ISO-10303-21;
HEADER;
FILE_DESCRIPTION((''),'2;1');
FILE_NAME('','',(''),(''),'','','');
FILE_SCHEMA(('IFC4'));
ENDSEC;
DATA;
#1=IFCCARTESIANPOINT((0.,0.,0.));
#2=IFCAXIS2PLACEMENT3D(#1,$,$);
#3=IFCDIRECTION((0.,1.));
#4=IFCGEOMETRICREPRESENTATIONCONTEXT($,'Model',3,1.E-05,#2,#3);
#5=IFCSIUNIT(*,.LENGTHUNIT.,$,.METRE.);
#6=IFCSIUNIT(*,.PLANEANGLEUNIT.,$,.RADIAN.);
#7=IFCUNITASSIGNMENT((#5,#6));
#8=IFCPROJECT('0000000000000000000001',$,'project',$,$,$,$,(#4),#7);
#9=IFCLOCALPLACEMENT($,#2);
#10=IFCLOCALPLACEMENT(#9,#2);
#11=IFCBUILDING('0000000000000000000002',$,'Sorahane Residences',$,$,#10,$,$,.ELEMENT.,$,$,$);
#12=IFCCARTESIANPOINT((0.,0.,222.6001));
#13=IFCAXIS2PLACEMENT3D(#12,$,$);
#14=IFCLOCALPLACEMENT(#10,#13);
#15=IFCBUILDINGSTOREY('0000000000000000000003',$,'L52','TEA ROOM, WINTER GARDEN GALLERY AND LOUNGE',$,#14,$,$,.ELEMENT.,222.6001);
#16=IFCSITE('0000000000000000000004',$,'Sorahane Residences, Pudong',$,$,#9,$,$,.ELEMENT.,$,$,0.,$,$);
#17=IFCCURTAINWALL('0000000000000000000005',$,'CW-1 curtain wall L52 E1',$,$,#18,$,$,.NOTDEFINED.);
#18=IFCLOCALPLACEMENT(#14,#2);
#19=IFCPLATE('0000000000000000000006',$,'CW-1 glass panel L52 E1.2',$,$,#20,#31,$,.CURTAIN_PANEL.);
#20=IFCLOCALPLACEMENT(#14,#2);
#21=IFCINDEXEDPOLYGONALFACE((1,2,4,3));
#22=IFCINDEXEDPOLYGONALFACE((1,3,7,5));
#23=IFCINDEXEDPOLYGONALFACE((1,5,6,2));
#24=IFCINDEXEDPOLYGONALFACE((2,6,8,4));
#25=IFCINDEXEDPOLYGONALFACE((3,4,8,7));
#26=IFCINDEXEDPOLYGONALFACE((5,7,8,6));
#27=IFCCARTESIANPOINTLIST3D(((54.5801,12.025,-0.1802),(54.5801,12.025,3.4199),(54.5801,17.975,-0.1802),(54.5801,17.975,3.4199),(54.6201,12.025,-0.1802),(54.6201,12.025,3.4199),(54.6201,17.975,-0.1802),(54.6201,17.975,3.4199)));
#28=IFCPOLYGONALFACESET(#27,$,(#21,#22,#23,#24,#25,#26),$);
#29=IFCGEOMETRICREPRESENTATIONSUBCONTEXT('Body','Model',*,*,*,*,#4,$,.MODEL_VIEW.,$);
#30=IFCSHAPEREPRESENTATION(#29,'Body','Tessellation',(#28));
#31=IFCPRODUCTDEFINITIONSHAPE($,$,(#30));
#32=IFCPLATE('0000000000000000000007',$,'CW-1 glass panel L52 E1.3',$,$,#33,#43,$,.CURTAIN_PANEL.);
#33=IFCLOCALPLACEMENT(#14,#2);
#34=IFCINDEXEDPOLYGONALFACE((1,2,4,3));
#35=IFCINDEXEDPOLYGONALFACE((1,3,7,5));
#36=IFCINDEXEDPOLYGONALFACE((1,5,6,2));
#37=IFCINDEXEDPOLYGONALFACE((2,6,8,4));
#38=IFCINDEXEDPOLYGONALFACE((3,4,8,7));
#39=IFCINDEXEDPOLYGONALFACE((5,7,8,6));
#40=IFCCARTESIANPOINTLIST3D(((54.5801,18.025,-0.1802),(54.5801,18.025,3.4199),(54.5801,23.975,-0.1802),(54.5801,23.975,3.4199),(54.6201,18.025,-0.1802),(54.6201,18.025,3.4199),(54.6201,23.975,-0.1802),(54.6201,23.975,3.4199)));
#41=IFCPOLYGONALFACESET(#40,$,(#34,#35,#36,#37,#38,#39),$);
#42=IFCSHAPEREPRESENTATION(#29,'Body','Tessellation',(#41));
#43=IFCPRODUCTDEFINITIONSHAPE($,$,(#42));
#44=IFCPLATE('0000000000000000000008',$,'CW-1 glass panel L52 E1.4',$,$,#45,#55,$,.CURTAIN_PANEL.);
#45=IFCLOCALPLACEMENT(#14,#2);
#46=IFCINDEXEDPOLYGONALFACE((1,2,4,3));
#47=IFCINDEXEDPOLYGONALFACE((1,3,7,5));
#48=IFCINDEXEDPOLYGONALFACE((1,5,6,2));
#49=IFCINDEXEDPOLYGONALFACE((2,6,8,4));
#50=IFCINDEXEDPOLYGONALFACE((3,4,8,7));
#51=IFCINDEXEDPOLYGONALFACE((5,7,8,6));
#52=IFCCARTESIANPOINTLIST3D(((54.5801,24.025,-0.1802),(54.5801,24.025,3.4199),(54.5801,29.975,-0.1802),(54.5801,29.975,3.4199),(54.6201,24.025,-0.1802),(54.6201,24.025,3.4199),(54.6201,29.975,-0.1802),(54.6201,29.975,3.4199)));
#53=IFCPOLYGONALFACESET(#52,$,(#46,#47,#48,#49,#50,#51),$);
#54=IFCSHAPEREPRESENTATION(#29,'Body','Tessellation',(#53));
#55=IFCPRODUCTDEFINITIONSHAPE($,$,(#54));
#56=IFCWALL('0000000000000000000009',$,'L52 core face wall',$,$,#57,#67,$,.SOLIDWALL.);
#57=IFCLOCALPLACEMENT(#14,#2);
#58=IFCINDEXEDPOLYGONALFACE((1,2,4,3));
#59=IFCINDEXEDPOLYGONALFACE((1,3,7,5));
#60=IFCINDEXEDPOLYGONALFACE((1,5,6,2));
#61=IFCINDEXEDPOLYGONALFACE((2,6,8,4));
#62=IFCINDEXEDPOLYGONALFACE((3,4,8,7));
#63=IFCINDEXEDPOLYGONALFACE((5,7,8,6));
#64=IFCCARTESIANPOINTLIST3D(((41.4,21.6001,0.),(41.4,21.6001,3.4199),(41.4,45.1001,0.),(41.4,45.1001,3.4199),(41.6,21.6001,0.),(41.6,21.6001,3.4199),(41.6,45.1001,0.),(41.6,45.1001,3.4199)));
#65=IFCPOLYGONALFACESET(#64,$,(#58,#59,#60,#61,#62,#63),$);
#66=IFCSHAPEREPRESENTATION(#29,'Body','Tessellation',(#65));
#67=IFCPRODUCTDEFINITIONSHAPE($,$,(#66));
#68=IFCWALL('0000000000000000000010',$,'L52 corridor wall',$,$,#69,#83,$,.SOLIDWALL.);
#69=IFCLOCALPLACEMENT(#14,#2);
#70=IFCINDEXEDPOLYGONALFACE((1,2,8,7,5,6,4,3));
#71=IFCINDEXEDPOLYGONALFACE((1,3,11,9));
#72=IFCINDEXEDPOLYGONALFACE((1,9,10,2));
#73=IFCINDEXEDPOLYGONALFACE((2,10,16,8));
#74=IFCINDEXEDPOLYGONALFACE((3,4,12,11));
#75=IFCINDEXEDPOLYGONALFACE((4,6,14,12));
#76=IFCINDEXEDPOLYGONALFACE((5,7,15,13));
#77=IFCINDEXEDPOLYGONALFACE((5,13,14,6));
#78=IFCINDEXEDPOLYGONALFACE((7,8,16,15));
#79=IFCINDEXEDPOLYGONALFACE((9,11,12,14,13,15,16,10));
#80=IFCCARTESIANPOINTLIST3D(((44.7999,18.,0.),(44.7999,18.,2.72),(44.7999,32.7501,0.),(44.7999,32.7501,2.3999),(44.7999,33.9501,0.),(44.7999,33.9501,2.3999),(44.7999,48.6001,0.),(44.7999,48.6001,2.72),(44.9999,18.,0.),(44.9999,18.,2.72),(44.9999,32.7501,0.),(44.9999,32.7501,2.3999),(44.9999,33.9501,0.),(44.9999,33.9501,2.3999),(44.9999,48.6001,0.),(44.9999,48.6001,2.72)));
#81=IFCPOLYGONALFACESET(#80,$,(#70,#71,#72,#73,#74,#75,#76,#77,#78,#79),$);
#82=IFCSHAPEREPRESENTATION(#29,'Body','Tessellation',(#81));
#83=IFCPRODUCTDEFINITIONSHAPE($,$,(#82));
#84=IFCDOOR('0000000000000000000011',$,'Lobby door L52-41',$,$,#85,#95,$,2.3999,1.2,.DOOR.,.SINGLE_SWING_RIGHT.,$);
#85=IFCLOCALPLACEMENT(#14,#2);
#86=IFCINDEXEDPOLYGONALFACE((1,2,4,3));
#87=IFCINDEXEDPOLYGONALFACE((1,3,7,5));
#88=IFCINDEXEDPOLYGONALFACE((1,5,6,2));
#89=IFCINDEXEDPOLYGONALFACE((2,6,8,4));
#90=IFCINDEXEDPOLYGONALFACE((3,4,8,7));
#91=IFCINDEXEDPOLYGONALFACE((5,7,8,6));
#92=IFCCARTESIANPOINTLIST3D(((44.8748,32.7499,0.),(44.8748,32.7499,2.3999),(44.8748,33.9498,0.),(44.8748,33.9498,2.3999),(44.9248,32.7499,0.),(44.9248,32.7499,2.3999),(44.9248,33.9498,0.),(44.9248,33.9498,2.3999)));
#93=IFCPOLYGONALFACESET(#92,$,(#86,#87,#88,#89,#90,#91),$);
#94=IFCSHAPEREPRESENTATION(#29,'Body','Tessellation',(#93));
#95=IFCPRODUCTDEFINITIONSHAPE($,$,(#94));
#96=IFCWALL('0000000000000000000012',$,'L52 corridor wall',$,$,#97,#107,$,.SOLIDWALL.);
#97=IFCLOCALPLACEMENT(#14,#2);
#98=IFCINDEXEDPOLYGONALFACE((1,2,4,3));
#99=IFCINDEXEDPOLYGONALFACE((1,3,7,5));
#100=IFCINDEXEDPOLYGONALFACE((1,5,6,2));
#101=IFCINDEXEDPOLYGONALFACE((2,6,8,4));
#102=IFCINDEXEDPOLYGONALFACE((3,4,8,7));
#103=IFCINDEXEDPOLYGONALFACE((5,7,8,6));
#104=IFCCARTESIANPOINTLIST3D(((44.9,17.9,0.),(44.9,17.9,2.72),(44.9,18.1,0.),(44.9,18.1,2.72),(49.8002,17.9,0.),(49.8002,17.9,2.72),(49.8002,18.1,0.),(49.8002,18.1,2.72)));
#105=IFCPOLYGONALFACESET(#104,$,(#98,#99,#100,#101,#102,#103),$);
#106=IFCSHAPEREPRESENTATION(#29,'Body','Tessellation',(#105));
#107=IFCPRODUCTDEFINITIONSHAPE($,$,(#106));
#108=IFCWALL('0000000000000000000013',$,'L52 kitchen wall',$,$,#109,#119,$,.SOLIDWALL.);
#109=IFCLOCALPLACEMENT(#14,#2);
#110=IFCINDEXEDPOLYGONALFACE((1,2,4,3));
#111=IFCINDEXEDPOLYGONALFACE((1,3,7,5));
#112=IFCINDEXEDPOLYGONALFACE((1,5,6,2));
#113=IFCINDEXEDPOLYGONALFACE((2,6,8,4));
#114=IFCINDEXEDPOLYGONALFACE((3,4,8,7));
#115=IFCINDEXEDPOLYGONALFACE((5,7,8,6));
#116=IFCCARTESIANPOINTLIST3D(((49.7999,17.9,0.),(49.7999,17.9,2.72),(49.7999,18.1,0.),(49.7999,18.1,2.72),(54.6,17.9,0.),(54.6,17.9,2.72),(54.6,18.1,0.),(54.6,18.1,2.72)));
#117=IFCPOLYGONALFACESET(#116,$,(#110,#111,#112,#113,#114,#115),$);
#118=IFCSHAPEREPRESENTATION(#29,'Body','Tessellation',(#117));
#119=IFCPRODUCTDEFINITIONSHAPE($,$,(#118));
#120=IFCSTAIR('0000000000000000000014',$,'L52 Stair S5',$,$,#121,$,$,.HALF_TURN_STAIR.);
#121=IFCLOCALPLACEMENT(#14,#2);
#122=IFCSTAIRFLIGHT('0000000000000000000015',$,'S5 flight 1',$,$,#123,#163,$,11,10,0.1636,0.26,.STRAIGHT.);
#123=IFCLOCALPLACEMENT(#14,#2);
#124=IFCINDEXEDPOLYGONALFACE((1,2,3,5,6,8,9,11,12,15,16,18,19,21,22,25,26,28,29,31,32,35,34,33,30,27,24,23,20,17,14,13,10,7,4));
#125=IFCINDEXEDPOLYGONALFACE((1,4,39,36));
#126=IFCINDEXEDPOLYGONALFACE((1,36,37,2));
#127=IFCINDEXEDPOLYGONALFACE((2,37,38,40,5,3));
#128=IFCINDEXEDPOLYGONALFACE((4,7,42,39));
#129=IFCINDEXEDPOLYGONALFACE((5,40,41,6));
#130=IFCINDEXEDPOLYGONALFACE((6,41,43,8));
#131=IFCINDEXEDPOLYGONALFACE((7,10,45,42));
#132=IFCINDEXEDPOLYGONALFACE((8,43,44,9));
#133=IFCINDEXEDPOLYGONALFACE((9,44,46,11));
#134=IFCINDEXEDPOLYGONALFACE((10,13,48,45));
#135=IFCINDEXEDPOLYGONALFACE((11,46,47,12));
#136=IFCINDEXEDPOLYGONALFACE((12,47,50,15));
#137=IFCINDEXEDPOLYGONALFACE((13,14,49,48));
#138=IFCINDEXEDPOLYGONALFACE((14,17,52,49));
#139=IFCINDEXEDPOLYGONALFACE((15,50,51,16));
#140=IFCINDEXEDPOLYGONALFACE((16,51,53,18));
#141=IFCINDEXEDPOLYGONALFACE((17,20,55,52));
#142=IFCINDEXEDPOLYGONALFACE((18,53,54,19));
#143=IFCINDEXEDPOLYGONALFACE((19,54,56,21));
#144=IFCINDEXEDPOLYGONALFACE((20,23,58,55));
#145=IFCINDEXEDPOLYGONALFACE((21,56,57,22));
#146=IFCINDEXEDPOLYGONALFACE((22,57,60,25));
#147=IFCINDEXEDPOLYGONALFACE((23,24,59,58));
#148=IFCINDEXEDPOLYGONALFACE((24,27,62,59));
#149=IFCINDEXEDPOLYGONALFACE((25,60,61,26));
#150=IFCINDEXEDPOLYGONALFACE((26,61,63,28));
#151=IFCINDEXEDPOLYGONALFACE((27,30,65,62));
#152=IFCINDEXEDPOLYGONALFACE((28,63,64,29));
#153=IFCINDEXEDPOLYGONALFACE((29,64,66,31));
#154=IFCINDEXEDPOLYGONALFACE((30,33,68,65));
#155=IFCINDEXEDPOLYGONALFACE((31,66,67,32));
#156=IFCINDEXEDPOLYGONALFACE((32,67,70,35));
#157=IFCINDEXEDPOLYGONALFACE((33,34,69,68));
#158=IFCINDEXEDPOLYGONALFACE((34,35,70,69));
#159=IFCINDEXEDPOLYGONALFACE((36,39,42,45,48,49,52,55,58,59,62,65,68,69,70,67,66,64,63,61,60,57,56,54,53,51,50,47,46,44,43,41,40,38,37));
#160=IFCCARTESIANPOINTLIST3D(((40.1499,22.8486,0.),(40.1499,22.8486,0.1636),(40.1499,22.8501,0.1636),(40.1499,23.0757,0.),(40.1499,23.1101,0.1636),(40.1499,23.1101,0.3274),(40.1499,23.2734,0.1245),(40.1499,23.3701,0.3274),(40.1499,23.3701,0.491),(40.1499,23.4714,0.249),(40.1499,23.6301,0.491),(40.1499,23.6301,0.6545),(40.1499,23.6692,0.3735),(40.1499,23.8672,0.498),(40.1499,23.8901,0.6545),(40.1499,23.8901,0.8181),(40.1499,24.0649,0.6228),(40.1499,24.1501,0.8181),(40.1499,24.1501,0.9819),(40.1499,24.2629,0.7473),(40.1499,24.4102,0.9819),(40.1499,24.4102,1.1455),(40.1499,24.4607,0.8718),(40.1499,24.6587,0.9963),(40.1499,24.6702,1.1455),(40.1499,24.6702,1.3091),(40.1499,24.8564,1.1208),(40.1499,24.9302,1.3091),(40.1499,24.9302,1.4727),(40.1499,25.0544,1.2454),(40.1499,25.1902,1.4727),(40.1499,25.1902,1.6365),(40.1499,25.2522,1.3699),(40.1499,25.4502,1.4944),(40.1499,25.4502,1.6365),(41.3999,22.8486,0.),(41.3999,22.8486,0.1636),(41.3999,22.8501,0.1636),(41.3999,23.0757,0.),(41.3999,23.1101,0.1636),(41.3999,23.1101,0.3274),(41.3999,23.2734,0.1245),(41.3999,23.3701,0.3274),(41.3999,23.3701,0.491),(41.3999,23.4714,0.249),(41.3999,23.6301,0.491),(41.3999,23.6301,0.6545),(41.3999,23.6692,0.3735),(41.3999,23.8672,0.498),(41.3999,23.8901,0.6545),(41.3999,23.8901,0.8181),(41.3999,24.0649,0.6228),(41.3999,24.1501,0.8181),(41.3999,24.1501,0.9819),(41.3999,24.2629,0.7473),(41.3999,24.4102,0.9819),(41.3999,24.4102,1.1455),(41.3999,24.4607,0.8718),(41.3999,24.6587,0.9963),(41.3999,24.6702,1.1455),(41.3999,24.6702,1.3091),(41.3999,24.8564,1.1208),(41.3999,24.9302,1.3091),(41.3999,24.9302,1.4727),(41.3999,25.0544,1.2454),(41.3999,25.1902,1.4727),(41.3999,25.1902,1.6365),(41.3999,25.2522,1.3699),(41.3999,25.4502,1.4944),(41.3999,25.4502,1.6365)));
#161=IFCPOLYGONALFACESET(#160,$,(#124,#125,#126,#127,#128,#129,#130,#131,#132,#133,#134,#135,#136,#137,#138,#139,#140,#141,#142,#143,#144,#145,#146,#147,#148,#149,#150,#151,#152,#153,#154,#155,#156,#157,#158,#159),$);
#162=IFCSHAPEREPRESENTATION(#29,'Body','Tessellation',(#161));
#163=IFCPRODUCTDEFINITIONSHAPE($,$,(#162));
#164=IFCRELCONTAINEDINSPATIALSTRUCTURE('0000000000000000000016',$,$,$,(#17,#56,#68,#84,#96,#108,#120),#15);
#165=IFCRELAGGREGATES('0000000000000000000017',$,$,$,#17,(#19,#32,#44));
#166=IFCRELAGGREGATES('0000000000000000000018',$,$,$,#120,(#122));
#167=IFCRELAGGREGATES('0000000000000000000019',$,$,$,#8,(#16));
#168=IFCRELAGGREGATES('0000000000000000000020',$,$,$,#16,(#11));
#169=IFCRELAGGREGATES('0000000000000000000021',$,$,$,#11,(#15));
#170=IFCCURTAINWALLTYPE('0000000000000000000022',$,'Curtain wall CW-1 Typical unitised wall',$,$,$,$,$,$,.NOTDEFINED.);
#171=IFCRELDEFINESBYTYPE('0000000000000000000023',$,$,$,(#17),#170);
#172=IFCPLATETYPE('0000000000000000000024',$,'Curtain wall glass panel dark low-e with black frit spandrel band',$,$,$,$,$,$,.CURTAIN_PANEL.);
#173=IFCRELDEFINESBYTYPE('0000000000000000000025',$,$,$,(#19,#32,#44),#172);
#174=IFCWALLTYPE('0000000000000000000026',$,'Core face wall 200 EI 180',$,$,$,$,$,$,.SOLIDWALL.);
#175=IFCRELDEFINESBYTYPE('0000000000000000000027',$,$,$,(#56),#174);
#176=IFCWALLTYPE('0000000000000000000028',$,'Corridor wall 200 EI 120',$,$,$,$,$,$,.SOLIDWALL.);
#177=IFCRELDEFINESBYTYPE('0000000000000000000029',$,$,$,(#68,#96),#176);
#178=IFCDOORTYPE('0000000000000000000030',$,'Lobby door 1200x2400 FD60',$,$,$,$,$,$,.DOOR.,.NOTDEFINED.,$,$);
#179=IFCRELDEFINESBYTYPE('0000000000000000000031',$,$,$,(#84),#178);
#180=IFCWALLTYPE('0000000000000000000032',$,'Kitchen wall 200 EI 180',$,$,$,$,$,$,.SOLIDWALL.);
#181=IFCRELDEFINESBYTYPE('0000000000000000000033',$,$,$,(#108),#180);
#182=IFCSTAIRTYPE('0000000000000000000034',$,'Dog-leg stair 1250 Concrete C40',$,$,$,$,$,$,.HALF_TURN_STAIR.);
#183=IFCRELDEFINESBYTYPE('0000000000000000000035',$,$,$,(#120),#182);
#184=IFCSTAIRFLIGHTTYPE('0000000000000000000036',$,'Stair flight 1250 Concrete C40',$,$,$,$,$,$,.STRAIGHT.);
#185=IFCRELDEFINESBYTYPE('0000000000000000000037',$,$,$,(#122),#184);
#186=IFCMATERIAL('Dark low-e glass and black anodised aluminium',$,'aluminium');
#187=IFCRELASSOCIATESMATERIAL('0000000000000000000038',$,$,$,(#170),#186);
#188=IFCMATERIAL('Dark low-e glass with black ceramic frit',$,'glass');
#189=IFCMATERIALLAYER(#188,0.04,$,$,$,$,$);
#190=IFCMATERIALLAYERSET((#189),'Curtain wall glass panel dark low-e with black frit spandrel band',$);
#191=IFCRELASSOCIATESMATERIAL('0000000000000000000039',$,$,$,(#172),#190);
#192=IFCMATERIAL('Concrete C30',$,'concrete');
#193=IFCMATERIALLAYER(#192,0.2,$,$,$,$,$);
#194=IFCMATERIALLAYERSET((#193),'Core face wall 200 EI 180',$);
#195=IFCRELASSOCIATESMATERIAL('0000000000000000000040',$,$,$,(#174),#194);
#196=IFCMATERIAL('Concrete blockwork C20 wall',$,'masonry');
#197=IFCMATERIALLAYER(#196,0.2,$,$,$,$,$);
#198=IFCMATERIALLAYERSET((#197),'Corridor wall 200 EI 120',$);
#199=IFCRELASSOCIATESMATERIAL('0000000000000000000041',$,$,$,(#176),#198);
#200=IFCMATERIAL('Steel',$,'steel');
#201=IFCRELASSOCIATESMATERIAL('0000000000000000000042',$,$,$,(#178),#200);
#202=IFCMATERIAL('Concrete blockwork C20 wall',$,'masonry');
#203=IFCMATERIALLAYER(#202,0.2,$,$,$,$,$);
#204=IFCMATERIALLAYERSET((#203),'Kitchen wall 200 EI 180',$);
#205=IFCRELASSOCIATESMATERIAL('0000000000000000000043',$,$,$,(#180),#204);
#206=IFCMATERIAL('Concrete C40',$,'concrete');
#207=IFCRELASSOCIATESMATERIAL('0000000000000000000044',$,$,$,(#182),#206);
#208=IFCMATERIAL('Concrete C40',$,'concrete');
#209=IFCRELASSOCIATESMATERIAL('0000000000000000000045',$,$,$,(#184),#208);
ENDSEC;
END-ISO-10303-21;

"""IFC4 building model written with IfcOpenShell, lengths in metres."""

from ifc_helpers import new_model, si_unit, direction, frame, frame_2d, origin, origin_2d, place, context, subcontext, project, spatial, polyline, rectangle, outline, extrude, material, layer, layer_set, type_object, element, fill, aggregate, save


model = new_model("IFC4")

# Units and contexts
model_context = context("Model", 3, precision=1e-05, world=origin(), true_north=direction((0.0, 1.0)))
body_context = subcontext(model_context, "Body", "Model", "MODEL_VIEW")
ifc_project = project(units=[si_unit("LENGTHUNIT", "METRE"), si_unit("PLANEANGLEUNIT", "RADIAN")], contexts=[model_context])

# Site, building, storey
site_placement = place(None, origin())
site = spatial("IfcSite", under=ifc_project, at=site_placement, Name="Sorahane Residences, Pudong", CompositionType="ELEMENT", RefElevation=0.0)
building_placement = place(site_placement, origin())
building = spatial("IfcBuilding", under=site, at=building_placement, Name="Sorahane Residences", CompositionType="ELEMENT")
storey_placement = place(building_placement, frame((0.0, 0.0, 222.6001)))
storey = spatial("IfcBuildingStorey", under=building, at=storey_placement, Name="L52", Description="TEA ROOM, WINTER GARDEN GALLERY AND LOUNGE", CompositionType="ELEMENT", Elevation=222.6001)

# Curtain wall
ifc_material_1 = material(Name="Dark low-e glass and black anodised aluminium", Category="aluminium")
curtain_wall_type = type_object("IfcCurtainWallType", Name="Curtain wall CW-1 Typical unitised wall", PredefinedType="NOTDEFINED", material=ifc_material_1)
curtain_wall_placement = place(storey_placement, origin())
curtain_wall = element("IfcCurtainWall", 1, at=curtain_wall_placement, inside=storey, type_object=curtain_wall_type, Name="CW-1 curtain wall L52 E1", PredefinedType="NOTDEFINED")

# Plates
ifc_material_2 = material(Name="Dark low-e glass with black ceramic frit", Category="glass")
ifc_layer_1 = layer(ifc_material_2, 0.04)
ifc_layer_set_1 = layer_set([ifc_layer_1], Name="Curtain wall glass panel dark low-e with black frit spandrel band")
plate_type = type_object("IfcPlateType", Name="Curtain wall glass panel dark low-e with black frit spandrel band", PredefinedType="CURTAIN_PANEL", material=ifc_layer_set_1)
plate_1_placement = place(storey_placement, frame((54.6001, 15.0, -0.1802), z_axis=(0.0, 0.0, 1.0), x_axis=(0.0, 1.0, 0.0)))
plate_1 = element("IfcPlate", 2, at=plate_1_placement, type_object=plate_type, Name="CW-1 glass panel L52 E1.2", PredefinedType="CURTAIN_PANEL", context=body_context, shape_type="SweptSolid", body=[
    extrude(rectangle(XDim=5.95, YDim=0.04, at=origin_2d()), origin(), (0.0, 0.0, 1.0), 3.6001),
])
plate_2_placement = place(storey_placement, frame((54.6001, 21.0, -0.1802), z_axis=(0.0, 0.0, 1.0), x_axis=(0.0, 1.0, 0.0)))
plate_2 = element("IfcPlate", 3, at=plate_2_placement, type_object=plate_type, Name="CW-1 glass panel L52 E1.3", PredefinedType="CURTAIN_PANEL", context=body_context, shape_type="SweptSolid", body=[
    extrude(rectangle(XDim=5.95, YDim=0.04, at=origin_2d()), origin(), (0.0, 0.0, 1.0), 3.6001),
])
plate_3_placement = place(storey_placement, frame((54.6001, 27.0, -0.1802), z_axis=(0.0, 0.0, 1.0), x_axis=(0.0, 1.0, 0.0)))
plate_3 = element("IfcPlate", 4, at=plate_3_placement, type_object=plate_type, Name="CW-1 glass panel L52 E1.4", PredefinedType="CURTAIN_PANEL", context=body_context, shape_type="SweptSolid", body=[
    extrude(rectangle(XDim=5.95, YDim=0.04, at=origin_2d()), origin(), (0.0, 0.0, 1.0), 3.6001),
])
aggregate(curtain_wall, [plate_1, plate_2, plate_3])

# Wall
ifc_material_3 = material(Name="Concrete C30", Category="concrete")
ifc_layer_2 = layer(ifc_material_3, 0.2)
ifc_layer_set_2 = layer_set([ifc_layer_2], Name="Core face wall 200 EI 180")
wall_type_1 = type_object("IfcWallType", Name="Core face wall 200 EI 180", PredefinedType="SOLIDWALL", material=ifc_layer_set_2)
wall_1_placement = place(storey_placement, frame((41.5, 21.6001, 0.0), z_axis=(0.0, 0.0, 1.0), x_axis=(0.0, 1.0, 0.0)))
element("IfcWall", 5, at=wall_1_placement, inside=storey, type_object=wall_type_1, Name="L52 core face wall", PredefinedType="SOLIDWALL", context=body_context, shape_type="SweptSolid", body=[
    extrude(rectangle(XDim=23.5, YDim=0.2, at=frame_2d((11.75, 0.0))), origin(), (0.0, 0.0, 1.0), 3.4199),
])

# Wall, opening, door
ifc_material_4 = material(Name="Concrete blockwork C20 wall", Category="masonry")
ifc_layer_3 = layer(ifc_material_4, 0.2)
ifc_layer_set_3 = layer_set([ifc_layer_3], Name="Corridor wall 200 EI 120")
wall_type_2 = type_object("IfcWallType", Name="Corridor wall 200 EI 120", PredefinedType="SOLIDWALL", material=ifc_layer_set_3)
wall_2_placement = place(storey_placement, frame((44.8999, 18.0, 0.0), z_axis=(0.0, 0.0, 1.0), x_axis=(0.0, 1.0, 0.0)))
wall_2 = element("IfcWall", 6, at=wall_2_placement, inside=storey, type_object=wall_type_2, Name="L52 corridor wall", PredefinedType="SOLIDWALL", context=body_context, shape_type="SweptSolid", body=[
    extrude(rectangle(XDim=30.6001, YDim=0.2, at=frame_2d((15.3, 0.0))), origin(), (0.0, 0.0, 1.0), 2.72),
])
opening_placement = place(wall_2_placement, frame((14.75, 0.0, 0.0)))
opening = element("IfcOpeningElement", 7, at=opening_placement, cuts=wall_2, PredefinedType="OPENING", context=body_context, shape_type="SweptSolid", body=[
    extrude(rectangle(XDim=1.2, YDim=2.3999, at=frame_2d((0.6001, 1.2))), frame((0.0, 0.1099, 0.0), z_axis=(0.0, -1.0, 0.0), x_axis=(1.0, 0.0, 0.0)), (0.0, 0.0, 1.0), 0.22),
])
ifc_material_5 = material(Name="Steel", Category="steel")
door_type = type_object("IfcDoorType", Name="Lobby door 1200x2400 FD60", OperationType="NOTDEFINED", PredefinedType="DOOR", material=ifc_material_5)
door_placement = place(opening_placement, frame((1.2, 0.0, 0.0), z_axis=(0.0, 0.0, 1.0), x_axis=(-1.0, 0.0, 0.0)))
door = element("IfcDoor", 8, at=door_placement, inside=storey, type_object=door_type, Name="Lobby door L52-41", OperationType="SINGLE_SWING_RIGHT", OverallHeight=2.3999, OverallWidth=1.2, PredefinedType="DOOR", context=body_context, shape_type="SweptSolid", body=[
    extrude(rectangle(XDim=1.2, YDim=2.3999, at=frame_2d((0.6001, 1.2))), frame((0.0, 0.0249, 0.0), z_axis=(0.0, -1.0, 0.0), x_axis=(1.0, 0.0, 0.0)), (0.0, 0.0, 1.0), 0.05),
])
fill(opening, door)

# Walls
wall_3_placement = place(storey_placement, frame((44.8999, 18.0, 0.0), z_axis=(0.0, 0.0, 1.0), x_axis=(1.0, 0.0, 0.0)))
element("IfcWall", 9, at=wall_3_placement, inside=storey, type_object=wall_type_2, Name="L52 corridor wall", PredefinedType="SOLIDWALL", context=body_context, shape_type="SweptSolid", body=[
    extrude(rectangle(XDim=4.9001, YDim=0.2, at=frame_2d((2.4502, 0.0))), origin(), (0.0, 0.0, 1.0), 2.72),
])
ifc_material_6 = material(Name="Concrete blockwork C20 wall", Category="masonry")
ifc_layer_4 = layer(ifc_material_6, 0.2)
ifc_layer_set_4 = layer_set([ifc_layer_4], Name="Kitchen wall 200 EI 180")
wall_type_3 = type_object("IfcWallType", Name="Kitchen wall 200 EI 180", PredefinedType="SOLIDWALL", material=ifc_layer_set_4)
wall_4_placement = place(storey_placement, frame((49.8, 18.0, 0.0), z_axis=(0.0, 0.0, 1.0), x_axis=(1.0, 0.0, 0.0)))
element("IfcWall", 10, at=wall_4_placement, inside=storey, type_object=wall_type_3, Name="L52 kitchen wall", PredefinedType="SOLIDWALL", context=body_context, shape_type="SweptSolid", body=[
    extrude(rectangle(XDim=4.8, YDim=0.2, at=frame_2d((2.3999, 0.0))), origin(), (0.0, 0.0, 1.0), 2.72),
])

# Stair, stair flight
ifc_material_7 = material(Name="Concrete C40", Category="concrete")
stair_type = type_object("IfcStairType", Name="Dog-leg stair 1250 Concrete C40", PredefinedType="HALF_TURN_STAIR", material=ifc_material_7)
stair_placement = place(storey_placement, origin())
stair = element("IfcStair", 11, at=stair_placement, inside=storey, type_object=stair_type, Name="L52 Stair S5", PredefinedType="HALF_TURN_STAIR")
ifc_material_8 = material(Name="Concrete C40", Category="concrete")
stair_flight_type = type_object("IfcStairFlightType", Name="Stair flight 1250 Concrete C40", PredefinedType="STRAIGHT", material=ifc_material_8)
stair_flight_placement = place(storey_placement, frame((40.7749, 22.8501, 0.0), z_axis=(0.0, 0.0, 1.0), x_axis=(0.0, 1.0, 0.0)))
stair_flight = element("IfcStairFlight", 12, at=stair_flight_placement, type_object=stair_flight_type, Name="S5 flight 1", NumberOfRisers=11, NumberOfTreads=10, PredefinedType="STRAIGHT", RiserHeight=0.1636, TreadLength=0.26, context=body_context, shape_type="SweptSolid", body=[
    extrude(outline(polyline([(-0.0015, 0.0), (-0.0015, 0.1636), (0.0, 0.1636), (0.26, 0.1636), (0.26, 0.3274), (0.52, 0.3274), (0.52, 0.491), (0.78, 0.491), (0.78, 0.6545), (1.04, 0.6545), (1.04, 0.8181), (1.3, 0.8181), (1.3, 0.9819), (1.5601, 0.9819), (1.5601, 1.1455), (1.8201, 1.1455), (1.8201, 1.3091), (2.0801, 1.3091), (2.0801, 1.4727), (2.3401, 1.4727), (2.3401, 1.6365), (2.6001, 1.6365), (2.6001, 1.8), (2.6001, 1.4944), (2.4021, 1.3699), (2.2043, 1.2454), (2.0063, 1.1208), (1.8086, 0.9963), (1.6106, 0.8718), (1.4128, 0.7473), (1.2148, 0.6228), (1.0171, 0.498), (0.8191, 0.3735), (0.6213, 0.249), (0.4233, 0.1245), (0.2256, 0.0), (-0.0015, 0.0)])), frame((0.0, 0.625, 0.0), z_axis=(0.0, -1.0, 0.0), x_axis=(1.0, 0.0, 0.0)), (0.0, 0.0, 1.0), 1.25),
])
aggregate(stair, [stair_flight])

save(model, "model.ifc")
